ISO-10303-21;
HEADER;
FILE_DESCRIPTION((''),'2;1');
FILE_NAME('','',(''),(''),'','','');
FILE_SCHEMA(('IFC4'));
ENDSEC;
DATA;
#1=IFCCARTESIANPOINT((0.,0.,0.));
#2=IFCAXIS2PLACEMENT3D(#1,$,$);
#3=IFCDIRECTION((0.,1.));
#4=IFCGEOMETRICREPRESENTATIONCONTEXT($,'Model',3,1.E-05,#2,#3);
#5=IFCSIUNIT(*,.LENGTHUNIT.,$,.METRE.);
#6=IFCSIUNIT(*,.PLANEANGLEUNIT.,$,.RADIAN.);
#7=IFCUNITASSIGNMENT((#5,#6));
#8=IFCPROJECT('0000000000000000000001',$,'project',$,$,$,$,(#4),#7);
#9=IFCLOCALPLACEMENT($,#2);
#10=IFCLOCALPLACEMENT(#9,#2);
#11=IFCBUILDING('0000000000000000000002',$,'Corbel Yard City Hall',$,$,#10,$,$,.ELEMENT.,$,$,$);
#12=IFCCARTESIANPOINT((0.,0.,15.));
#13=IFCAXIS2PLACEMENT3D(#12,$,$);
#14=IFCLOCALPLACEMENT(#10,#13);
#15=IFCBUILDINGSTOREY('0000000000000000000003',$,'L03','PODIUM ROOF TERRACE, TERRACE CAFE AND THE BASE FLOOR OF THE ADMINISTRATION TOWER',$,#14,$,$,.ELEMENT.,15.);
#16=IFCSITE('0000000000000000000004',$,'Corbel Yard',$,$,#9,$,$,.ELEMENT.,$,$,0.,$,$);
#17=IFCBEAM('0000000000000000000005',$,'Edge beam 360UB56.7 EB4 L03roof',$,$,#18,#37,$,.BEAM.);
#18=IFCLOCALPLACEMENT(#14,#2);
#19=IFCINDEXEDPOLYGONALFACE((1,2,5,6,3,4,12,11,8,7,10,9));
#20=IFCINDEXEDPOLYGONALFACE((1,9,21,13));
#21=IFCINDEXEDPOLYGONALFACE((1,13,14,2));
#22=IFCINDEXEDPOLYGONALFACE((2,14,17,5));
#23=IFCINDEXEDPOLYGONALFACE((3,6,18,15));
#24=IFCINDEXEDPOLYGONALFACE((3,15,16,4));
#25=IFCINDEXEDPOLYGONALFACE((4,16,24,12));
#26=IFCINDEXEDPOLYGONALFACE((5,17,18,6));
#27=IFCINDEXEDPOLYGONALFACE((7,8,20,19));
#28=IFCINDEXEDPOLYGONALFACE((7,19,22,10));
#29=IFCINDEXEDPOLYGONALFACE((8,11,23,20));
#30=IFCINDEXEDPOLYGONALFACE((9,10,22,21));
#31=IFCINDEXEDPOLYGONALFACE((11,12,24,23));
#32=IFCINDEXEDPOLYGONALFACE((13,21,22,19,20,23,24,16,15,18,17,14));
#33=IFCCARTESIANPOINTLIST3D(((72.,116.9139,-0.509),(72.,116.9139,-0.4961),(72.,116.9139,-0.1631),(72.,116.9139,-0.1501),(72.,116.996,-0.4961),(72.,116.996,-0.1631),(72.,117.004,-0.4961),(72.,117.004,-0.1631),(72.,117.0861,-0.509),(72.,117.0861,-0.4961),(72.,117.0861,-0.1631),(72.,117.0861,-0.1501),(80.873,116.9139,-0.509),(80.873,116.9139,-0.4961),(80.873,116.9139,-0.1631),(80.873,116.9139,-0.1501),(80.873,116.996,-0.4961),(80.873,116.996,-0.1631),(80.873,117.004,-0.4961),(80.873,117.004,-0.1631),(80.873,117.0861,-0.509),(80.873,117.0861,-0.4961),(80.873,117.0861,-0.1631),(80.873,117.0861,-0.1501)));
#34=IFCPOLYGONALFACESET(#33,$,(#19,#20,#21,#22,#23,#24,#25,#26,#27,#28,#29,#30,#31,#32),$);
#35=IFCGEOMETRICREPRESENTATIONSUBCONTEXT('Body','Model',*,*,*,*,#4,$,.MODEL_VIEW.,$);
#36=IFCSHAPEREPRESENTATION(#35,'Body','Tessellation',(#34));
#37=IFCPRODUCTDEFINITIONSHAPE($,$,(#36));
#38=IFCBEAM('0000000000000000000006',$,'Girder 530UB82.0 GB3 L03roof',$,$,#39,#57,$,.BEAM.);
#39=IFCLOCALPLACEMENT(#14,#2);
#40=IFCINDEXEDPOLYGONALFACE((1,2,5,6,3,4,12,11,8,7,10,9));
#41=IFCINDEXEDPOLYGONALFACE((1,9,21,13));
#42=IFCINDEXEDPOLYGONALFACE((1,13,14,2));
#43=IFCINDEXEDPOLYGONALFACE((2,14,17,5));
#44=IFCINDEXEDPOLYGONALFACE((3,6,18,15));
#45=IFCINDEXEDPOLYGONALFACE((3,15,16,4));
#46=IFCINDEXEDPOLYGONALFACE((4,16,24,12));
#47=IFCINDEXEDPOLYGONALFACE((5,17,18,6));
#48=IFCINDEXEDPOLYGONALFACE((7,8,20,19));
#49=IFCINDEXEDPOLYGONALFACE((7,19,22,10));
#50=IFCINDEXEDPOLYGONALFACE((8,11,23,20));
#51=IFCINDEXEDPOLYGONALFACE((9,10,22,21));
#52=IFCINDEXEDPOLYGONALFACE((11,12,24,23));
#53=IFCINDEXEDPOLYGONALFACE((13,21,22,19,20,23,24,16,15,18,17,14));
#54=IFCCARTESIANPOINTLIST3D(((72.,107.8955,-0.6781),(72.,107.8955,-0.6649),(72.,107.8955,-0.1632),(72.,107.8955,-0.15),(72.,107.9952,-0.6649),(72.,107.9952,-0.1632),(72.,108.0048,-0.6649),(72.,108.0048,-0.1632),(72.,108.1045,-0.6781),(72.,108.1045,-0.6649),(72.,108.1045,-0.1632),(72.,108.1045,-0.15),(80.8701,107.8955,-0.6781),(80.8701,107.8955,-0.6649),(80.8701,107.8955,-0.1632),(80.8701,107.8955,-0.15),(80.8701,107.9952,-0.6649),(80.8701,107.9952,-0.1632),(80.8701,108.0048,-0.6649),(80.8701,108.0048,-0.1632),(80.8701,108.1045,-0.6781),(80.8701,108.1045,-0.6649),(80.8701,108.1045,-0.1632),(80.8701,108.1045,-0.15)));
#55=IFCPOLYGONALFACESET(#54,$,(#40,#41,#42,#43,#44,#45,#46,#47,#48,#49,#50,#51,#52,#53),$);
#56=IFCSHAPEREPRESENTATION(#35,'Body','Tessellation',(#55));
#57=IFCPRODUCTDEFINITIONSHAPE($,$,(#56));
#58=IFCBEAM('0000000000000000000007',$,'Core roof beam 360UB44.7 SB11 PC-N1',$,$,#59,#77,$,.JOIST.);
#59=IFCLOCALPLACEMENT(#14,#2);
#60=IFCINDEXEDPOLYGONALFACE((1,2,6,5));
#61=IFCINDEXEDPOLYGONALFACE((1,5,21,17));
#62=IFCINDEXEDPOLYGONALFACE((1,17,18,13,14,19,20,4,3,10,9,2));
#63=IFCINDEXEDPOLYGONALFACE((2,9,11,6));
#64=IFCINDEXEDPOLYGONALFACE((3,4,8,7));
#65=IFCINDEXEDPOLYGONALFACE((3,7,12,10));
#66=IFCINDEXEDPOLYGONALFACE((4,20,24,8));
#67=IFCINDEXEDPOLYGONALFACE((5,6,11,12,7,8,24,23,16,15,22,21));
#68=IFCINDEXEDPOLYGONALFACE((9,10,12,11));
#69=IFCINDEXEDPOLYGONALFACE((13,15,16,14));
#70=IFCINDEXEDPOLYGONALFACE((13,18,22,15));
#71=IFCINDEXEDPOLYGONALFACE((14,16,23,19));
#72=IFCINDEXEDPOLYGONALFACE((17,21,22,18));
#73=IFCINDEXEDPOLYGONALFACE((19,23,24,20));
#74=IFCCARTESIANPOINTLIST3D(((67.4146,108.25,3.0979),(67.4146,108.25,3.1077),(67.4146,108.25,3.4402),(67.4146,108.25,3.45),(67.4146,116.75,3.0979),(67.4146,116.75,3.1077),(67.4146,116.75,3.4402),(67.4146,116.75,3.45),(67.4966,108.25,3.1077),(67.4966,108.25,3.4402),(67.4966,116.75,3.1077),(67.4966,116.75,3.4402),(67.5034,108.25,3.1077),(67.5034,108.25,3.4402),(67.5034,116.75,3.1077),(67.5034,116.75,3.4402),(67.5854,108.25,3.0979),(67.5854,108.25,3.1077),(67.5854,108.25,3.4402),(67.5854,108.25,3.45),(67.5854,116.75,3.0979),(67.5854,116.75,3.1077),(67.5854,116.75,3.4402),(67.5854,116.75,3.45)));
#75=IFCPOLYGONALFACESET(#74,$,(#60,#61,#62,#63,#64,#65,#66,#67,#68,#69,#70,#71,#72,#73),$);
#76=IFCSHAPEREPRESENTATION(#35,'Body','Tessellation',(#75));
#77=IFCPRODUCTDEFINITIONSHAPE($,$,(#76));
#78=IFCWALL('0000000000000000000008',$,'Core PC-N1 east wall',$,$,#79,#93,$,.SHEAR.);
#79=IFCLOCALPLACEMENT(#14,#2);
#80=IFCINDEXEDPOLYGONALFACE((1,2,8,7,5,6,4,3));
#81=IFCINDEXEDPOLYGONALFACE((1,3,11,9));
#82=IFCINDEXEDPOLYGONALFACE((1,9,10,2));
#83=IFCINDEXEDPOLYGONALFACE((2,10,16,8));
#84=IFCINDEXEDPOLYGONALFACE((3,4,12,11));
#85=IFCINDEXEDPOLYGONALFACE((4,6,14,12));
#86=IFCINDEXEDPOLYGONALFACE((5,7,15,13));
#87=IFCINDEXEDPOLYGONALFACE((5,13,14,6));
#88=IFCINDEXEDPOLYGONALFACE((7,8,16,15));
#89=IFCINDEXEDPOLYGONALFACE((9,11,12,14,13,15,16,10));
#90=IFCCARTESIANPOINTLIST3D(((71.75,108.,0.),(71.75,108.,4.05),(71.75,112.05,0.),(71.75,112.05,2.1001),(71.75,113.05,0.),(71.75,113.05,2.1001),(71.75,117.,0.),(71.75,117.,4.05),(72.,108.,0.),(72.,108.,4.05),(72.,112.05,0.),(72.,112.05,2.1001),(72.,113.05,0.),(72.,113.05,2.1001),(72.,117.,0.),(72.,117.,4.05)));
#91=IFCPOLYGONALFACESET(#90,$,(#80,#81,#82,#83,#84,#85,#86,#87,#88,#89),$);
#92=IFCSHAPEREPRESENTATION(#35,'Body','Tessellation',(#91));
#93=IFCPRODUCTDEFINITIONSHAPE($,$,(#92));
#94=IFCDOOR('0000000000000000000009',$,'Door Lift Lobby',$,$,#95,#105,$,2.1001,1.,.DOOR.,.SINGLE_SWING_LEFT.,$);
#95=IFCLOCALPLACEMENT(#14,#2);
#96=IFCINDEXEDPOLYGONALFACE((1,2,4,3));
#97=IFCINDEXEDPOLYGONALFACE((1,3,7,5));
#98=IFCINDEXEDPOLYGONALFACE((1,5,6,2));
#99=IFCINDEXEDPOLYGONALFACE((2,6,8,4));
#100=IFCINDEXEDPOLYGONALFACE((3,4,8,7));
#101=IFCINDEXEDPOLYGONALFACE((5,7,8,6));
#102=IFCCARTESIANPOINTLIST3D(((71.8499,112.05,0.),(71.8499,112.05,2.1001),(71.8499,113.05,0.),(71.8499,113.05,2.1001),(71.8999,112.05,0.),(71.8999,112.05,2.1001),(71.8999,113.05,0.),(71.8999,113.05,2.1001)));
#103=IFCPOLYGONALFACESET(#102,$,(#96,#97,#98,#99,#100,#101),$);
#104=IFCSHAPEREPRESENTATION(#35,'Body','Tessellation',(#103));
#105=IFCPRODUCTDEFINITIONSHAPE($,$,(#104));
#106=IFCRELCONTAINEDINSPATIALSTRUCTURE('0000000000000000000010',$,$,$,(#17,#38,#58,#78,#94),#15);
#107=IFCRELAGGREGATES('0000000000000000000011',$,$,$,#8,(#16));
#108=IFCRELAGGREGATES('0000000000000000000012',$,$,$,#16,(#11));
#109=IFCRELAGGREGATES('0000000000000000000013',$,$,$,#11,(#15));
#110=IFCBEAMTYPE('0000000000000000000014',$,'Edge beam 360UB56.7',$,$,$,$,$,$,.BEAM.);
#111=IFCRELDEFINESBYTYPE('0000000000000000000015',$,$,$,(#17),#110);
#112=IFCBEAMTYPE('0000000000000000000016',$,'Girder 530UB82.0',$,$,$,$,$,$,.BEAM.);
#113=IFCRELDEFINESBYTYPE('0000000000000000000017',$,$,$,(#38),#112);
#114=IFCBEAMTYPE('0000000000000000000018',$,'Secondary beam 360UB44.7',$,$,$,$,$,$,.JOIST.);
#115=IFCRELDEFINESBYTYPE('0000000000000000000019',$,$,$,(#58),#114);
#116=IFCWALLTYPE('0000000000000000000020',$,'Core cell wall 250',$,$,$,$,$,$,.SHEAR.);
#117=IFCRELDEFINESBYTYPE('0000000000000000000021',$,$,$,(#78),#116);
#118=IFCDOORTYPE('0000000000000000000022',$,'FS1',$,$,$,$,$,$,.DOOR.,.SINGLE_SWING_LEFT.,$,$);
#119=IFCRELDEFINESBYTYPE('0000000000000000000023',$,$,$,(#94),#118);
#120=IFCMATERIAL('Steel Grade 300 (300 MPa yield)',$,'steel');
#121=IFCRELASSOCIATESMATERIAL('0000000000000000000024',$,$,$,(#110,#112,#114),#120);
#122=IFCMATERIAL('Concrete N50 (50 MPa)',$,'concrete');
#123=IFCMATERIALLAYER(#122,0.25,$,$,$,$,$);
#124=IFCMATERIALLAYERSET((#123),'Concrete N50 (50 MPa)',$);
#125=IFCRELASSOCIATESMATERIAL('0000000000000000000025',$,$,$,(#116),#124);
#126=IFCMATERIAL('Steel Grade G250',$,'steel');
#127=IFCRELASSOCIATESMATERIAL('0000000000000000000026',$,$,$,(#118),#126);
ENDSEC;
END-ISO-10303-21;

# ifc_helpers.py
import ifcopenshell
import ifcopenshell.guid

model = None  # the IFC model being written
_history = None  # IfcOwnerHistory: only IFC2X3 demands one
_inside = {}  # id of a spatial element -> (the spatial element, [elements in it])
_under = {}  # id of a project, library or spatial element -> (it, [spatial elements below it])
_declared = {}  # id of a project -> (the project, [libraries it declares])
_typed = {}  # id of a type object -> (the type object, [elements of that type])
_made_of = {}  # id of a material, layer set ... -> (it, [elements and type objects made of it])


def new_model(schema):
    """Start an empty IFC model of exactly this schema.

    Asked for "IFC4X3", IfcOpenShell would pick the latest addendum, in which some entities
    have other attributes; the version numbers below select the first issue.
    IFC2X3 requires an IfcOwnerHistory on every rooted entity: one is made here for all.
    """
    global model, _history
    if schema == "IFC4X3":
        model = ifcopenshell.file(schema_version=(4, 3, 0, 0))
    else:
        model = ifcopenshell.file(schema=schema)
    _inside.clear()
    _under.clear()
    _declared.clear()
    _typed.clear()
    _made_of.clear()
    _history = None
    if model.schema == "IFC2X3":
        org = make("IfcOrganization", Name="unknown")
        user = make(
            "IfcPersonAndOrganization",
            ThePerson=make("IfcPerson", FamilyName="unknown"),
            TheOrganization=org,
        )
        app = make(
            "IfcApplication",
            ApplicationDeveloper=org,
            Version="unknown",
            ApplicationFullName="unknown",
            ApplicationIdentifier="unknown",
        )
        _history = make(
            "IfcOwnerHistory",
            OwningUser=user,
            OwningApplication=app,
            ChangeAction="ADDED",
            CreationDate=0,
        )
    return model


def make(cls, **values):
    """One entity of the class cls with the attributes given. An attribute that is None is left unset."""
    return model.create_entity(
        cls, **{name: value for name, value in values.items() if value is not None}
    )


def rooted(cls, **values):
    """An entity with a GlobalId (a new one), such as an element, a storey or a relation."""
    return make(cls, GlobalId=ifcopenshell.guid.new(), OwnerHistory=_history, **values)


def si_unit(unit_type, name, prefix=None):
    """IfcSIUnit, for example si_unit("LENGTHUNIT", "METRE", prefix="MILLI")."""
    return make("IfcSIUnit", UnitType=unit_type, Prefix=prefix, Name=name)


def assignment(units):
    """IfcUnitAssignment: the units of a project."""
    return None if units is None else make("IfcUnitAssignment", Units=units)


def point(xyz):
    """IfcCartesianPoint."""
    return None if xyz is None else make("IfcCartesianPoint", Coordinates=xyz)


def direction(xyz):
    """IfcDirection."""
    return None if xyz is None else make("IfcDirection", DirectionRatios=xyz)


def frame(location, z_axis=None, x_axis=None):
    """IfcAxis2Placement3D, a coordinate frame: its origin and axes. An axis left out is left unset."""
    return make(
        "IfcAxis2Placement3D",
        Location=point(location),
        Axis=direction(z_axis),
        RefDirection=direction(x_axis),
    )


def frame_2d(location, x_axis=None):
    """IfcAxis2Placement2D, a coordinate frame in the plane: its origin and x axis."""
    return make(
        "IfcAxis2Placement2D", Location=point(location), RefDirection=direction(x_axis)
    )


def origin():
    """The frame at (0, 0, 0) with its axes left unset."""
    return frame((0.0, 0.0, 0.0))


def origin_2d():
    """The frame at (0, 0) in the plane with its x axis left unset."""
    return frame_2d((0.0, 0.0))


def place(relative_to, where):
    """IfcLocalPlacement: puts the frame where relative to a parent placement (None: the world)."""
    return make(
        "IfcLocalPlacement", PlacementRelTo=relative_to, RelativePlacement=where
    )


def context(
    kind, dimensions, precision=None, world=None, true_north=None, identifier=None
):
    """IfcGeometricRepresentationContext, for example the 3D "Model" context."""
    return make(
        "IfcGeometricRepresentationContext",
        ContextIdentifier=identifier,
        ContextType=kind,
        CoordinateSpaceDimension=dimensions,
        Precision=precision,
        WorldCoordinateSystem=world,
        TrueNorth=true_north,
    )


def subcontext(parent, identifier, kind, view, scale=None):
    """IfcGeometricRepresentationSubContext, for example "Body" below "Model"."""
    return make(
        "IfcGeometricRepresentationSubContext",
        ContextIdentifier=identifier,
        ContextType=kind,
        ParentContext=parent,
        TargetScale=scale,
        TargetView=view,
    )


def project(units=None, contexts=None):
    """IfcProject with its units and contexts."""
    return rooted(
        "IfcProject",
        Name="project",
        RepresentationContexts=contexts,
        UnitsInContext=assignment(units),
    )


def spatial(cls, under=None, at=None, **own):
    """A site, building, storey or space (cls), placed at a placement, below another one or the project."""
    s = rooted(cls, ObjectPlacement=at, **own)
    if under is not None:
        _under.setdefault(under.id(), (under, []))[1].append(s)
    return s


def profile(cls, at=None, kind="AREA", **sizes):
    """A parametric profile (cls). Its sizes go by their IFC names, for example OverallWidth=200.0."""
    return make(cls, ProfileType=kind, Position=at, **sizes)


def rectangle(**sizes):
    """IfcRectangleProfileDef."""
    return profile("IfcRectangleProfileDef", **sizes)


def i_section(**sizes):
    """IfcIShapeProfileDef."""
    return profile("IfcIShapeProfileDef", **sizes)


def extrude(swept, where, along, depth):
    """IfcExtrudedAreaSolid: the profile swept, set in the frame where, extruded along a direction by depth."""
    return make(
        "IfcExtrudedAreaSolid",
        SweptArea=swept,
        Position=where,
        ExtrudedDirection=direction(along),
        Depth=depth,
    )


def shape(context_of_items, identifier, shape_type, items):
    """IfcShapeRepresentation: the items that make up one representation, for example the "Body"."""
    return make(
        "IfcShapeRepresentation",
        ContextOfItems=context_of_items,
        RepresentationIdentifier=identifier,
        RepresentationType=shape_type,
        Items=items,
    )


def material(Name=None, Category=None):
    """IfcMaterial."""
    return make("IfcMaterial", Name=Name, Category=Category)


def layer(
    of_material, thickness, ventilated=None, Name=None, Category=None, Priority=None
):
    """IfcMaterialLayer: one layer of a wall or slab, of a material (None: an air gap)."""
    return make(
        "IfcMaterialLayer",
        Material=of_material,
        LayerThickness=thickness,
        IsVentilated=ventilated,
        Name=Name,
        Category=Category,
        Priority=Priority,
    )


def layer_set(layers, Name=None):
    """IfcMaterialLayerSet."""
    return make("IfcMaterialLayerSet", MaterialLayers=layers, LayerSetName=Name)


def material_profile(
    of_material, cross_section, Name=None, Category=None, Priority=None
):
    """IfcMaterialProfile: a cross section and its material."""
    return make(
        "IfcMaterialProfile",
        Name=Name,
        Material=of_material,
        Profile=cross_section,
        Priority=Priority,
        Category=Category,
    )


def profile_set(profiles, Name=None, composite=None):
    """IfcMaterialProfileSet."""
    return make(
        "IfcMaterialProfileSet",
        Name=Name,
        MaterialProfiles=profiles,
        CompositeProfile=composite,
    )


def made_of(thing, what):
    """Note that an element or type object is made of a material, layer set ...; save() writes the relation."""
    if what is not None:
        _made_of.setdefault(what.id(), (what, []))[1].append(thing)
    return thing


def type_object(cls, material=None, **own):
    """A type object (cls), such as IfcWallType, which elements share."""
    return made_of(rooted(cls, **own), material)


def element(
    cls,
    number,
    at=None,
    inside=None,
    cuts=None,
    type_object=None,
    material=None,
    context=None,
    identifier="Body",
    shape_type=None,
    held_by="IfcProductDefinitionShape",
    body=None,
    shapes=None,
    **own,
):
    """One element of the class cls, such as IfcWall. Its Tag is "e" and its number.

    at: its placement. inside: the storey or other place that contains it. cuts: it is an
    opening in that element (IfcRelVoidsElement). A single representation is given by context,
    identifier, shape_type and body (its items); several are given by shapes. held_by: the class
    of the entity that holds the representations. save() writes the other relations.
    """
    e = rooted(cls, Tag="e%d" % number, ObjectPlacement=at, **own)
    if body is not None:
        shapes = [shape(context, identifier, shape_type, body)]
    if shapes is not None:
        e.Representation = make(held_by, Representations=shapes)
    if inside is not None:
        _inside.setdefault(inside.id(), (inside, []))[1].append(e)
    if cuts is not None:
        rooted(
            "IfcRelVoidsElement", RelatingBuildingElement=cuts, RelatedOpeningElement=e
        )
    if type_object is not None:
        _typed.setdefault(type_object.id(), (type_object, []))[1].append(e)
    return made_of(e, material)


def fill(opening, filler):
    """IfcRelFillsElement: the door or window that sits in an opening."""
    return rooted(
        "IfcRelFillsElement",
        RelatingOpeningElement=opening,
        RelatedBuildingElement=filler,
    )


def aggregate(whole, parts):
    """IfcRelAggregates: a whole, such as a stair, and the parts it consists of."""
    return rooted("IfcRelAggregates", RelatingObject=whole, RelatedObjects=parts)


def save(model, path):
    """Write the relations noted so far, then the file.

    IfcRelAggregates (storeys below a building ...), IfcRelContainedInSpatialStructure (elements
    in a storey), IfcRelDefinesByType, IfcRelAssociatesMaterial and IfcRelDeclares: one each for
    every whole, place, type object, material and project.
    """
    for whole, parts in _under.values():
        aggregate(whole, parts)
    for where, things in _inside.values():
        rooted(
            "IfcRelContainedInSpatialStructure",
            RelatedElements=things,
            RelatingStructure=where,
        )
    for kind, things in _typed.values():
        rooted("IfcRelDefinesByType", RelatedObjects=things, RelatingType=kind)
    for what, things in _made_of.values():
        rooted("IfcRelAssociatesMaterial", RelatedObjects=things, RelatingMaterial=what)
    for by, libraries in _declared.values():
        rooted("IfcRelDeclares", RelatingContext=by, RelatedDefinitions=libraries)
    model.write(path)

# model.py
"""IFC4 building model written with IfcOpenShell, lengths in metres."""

from ifc_helpers import new_model, si_unit, direction, frame, frame_2d, origin, origin_2d, place, context, subcontext, project, spatial, rectangle, i_section, extrude, material, layer, layer_set, material_profile, profile_set, type_object, element, fill, save


model = new_model("IFC4")

# Units and contexts
model_context = context("Model", 3, precision=1e-05, world=origin(), true_north=direction((0.0, 1.0)))
body_context = subcontext(model_context, "Body", "Model", "MODEL_VIEW")
ifc_project = project(units=[si_unit("LENGTHUNIT", "METRE"), si_unit("PLANEANGLEUNIT", "RADIAN")], contexts=[model_context])

# Site, building, storey
site_placement = place(None, origin())
site = spatial("IfcSite", under=ifc_project, at=site_placement, Name="Corbel Yard", CompositionType="ELEMENT", RefElevation=0.0)
building_placement = place(site_placement, origin())
building = spatial("IfcBuilding", under=site, at=building_placement, Name="Corbel Yard City Hall", CompositionType="ELEMENT")
storey_placement = place(building_placement, frame((0.0, 0.0, 15.0)))
storey = spatial("IfcBuildingStorey", under=building, at=storey_placement, Name="L03", Description="PODIUM ROOF TERRACE, TERRACE CAFE AND THE BASE FLOOR OF THE ADMINISTRATION TOWER", CompositionType="ELEMENT", Elevation=15.0)

# Beams
ifc_material_1 = material(Name="Steel Grade 300 (300 MPa yield)", Category="steel")
ifc_material_profile_1 = material_profile(ifc_material_1, i_section(OverallWidth=0.1721, OverallDepth=0.3589, WebThickness=0.0081, FlangeThickness=0.0129, at=origin_2d()), Name="360UB56.7")
ifc_profile_set_1 = profile_set([ifc_material_profile_1], Name="Steel Grade 300 (300 MPa yield)")
beam_type_1 = type_object("IfcBeamType", Name="Edge beam 360UB56.7", PredefinedType="BEAM", material=ifc_profile_set_1)
beam_1_placement = place(storey_placement, frame((72.0, 117.0, -0.3296), z_axis=(1.0, 0.0, 0.0), x_axis=(0.0, 1.0, 0.0)))
element("IfcBeam", 1, at=beam_1_placement, inside=storey, type_object=beam_type_1, Name="Edge beam 360UB56.7 EB4 L03roof", PredefinedType="BEAM", context=body_context, shape_type="SweptSolid", body=[
    extrude(i_section(OverallWidth=0.1721, OverallDepth=0.3589, WebThickness=0.0081, FlangeThickness=0.0129, at=origin_2d()), origin(), (0.0, 0.0, 1.0), 8.873),
])
ifc_material_profile_2 = material_profile(ifc_material_1, i_section(OverallWidth=0.209, OverallDepth=0.5281, WebThickness=0.0095, FlangeThickness=0.0132, at=origin_2d()), Name="530UB82.0")
ifc_profile_set_2 = profile_set([ifc_material_profile_2], Name="Steel Grade 300 (300 MPa yield)")
beam_type_2 = type_object("IfcBeamType", Name="Girder 530UB82.0", PredefinedType="BEAM", material=ifc_profile_set_2)
beam_2_placement = place(storey_placement, frame((72.0, 108.0, -0.4141), z_axis=(1.0, 0.0, 0.0), x_axis=(0.0, 1.0, 0.0)))
element("IfcBeam", 2, at=beam_2_placement, inside=storey, type_object=beam_type_2, Name="Girder 530UB82.0 GB3 L03roof", PredefinedType="BEAM", context=body_context, shape_type="SweptSolid", body=[
    extrude(i_section(OverallWidth=0.209, OverallDepth=0.5281, WebThickness=0.0095, FlangeThickness=0.0132, at=origin_2d()), origin(), (0.0, 0.0, 1.0), 8.8701),
])
ifc_material_profile_3 = material_profile(ifc_material_1, i_section(OverallWidth=0.1709, OverallDepth=0.3521, WebThickness=0.0068, FlangeThickness=0.0098, at=origin_2d()), Name="360UB44.7")
ifc_profile_set_3 = profile_set([ifc_material_profile_3], Name="Steel Grade 300 (300 MPa yield)")
beam_type_3 = type_object("IfcBeamType", Name="Secondary beam 360UB44.7", PredefinedType="JOIST", material=ifc_profile_set_3)
beam_3_placement = place(storey_placement, frame((67.5, 108.25, 3.2739), z_axis=(0.0, 1.0, 0.0), x_axis=(-1.0, 0.0, 0.0)))
element("IfcBeam", 3, at=beam_3_placement, inside=storey, type_object=beam_type_3, Name="Core roof beam 360UB44.7 SB11 PC-N1", PredefinedType="JOIST", context=body_context, shape_type="SweptSolid", body=[
    extrude(i_section(OverallWidth=0.1709, OverallDepth=0.3521, WebThickness=0.0068, FlangeThickness=0.0098, at=origin_2d()), origin(), (0.0, 0.0, 1.0), 8.5),
])

# Wall, opening, door
ifc_material_2 = material(Name="Concrete N50 (50 MPa)", Category="concrete")
ifc_layer_1 = layer(ifc_material_2, 0.25)
ifc_layer_set_1 = layer_set([ifc_layer_1], Name="Concrete N50 (50 MPa)")
wall_type_1 = type_object("IfcWallType", Name="Core cell wall 250", PredefinedType="SHEAR", material=ifc_layer_set_1)
wall_1_placement = place(storey_placement, frame((71.875, 108.0, 0.0), z_axis=(0.0, 0.0, 1.0), x_axis=(0.0, 1.0, 0.0)))
wall_1 = element("IfcWall", 4, at=wall_1_placement, inside=storey, type_object=wall_type_1, Name="Core PC-N1 east wall", PredefinedType="SHEAR", context=body_context, shape_type="SweptSolid", body=[
    extrude(rectangle(XDim=9.0, YDim=0.25, at=frame_2d((4.5, 0.0))), origin(), (0.0, 0.0, 1.0), 4.05),
])
opening_1_placement = place(wall_1_placement, frame((4.05, 0.0, 0.0)))
opening_1 = element("IfcOpeningElement", 5, at=opening_1_placement, cuts=wall_1, PredefinedType="OPENING", context=body_context, shape_type="SweptSolid", body=[
    extrude(rectangle(XDim=1.0, YDim=2.1001, at=frame_2d((0.5, 1.05))), frame((0.0, 0.135, 0.0), z_axis=(0.0, -1.0, 0.0), x_axis=(1.0, 0.0, 0.0)), (0.0, 0.0, 1.0), 0.27),
])
ifc_material_3 = material(Name="Steel Grade G250", Category="steel")
door_type_1 = type_object("IfcDoorType", Name="FS1", OperationType="SINGLE_SWING_LEFT", PredefinedType="DOOR", material=ifc_material_3)
door_1_placement = place(opening_1_placement, frame((1.0, 0.0, 0.0), z_axis=(0.0, 0.0, 1.0), x_axis=(-1.0, 0.0, 0.0)))
door_1 = element("IfcDoor", 6, at=door_1_placement, inside=storey, type_object=door_type_1, Name="Door Lift Lobby", OperationType="SINGLE_SWING_LEFT", OverallHeight=2.1001, OverallWidth=1.0, PredefinedType="DOOR", context=body_context, shape_type="SweptSolid", body=[
    extrude(rectangle(XDim=1.0, YDim=2.1001, at=frame_2d((0.5, 1.05))), frame((0.0, 0.0249, 0.0), z_axis=(0.0, -1.0, 0.0), x_axis=(1.0, 0.0, 0.0)), (0.0, 0.0, 1.0), 0.05),
])
fill(opening_1, door_1)

save(model, "model.ifc")
